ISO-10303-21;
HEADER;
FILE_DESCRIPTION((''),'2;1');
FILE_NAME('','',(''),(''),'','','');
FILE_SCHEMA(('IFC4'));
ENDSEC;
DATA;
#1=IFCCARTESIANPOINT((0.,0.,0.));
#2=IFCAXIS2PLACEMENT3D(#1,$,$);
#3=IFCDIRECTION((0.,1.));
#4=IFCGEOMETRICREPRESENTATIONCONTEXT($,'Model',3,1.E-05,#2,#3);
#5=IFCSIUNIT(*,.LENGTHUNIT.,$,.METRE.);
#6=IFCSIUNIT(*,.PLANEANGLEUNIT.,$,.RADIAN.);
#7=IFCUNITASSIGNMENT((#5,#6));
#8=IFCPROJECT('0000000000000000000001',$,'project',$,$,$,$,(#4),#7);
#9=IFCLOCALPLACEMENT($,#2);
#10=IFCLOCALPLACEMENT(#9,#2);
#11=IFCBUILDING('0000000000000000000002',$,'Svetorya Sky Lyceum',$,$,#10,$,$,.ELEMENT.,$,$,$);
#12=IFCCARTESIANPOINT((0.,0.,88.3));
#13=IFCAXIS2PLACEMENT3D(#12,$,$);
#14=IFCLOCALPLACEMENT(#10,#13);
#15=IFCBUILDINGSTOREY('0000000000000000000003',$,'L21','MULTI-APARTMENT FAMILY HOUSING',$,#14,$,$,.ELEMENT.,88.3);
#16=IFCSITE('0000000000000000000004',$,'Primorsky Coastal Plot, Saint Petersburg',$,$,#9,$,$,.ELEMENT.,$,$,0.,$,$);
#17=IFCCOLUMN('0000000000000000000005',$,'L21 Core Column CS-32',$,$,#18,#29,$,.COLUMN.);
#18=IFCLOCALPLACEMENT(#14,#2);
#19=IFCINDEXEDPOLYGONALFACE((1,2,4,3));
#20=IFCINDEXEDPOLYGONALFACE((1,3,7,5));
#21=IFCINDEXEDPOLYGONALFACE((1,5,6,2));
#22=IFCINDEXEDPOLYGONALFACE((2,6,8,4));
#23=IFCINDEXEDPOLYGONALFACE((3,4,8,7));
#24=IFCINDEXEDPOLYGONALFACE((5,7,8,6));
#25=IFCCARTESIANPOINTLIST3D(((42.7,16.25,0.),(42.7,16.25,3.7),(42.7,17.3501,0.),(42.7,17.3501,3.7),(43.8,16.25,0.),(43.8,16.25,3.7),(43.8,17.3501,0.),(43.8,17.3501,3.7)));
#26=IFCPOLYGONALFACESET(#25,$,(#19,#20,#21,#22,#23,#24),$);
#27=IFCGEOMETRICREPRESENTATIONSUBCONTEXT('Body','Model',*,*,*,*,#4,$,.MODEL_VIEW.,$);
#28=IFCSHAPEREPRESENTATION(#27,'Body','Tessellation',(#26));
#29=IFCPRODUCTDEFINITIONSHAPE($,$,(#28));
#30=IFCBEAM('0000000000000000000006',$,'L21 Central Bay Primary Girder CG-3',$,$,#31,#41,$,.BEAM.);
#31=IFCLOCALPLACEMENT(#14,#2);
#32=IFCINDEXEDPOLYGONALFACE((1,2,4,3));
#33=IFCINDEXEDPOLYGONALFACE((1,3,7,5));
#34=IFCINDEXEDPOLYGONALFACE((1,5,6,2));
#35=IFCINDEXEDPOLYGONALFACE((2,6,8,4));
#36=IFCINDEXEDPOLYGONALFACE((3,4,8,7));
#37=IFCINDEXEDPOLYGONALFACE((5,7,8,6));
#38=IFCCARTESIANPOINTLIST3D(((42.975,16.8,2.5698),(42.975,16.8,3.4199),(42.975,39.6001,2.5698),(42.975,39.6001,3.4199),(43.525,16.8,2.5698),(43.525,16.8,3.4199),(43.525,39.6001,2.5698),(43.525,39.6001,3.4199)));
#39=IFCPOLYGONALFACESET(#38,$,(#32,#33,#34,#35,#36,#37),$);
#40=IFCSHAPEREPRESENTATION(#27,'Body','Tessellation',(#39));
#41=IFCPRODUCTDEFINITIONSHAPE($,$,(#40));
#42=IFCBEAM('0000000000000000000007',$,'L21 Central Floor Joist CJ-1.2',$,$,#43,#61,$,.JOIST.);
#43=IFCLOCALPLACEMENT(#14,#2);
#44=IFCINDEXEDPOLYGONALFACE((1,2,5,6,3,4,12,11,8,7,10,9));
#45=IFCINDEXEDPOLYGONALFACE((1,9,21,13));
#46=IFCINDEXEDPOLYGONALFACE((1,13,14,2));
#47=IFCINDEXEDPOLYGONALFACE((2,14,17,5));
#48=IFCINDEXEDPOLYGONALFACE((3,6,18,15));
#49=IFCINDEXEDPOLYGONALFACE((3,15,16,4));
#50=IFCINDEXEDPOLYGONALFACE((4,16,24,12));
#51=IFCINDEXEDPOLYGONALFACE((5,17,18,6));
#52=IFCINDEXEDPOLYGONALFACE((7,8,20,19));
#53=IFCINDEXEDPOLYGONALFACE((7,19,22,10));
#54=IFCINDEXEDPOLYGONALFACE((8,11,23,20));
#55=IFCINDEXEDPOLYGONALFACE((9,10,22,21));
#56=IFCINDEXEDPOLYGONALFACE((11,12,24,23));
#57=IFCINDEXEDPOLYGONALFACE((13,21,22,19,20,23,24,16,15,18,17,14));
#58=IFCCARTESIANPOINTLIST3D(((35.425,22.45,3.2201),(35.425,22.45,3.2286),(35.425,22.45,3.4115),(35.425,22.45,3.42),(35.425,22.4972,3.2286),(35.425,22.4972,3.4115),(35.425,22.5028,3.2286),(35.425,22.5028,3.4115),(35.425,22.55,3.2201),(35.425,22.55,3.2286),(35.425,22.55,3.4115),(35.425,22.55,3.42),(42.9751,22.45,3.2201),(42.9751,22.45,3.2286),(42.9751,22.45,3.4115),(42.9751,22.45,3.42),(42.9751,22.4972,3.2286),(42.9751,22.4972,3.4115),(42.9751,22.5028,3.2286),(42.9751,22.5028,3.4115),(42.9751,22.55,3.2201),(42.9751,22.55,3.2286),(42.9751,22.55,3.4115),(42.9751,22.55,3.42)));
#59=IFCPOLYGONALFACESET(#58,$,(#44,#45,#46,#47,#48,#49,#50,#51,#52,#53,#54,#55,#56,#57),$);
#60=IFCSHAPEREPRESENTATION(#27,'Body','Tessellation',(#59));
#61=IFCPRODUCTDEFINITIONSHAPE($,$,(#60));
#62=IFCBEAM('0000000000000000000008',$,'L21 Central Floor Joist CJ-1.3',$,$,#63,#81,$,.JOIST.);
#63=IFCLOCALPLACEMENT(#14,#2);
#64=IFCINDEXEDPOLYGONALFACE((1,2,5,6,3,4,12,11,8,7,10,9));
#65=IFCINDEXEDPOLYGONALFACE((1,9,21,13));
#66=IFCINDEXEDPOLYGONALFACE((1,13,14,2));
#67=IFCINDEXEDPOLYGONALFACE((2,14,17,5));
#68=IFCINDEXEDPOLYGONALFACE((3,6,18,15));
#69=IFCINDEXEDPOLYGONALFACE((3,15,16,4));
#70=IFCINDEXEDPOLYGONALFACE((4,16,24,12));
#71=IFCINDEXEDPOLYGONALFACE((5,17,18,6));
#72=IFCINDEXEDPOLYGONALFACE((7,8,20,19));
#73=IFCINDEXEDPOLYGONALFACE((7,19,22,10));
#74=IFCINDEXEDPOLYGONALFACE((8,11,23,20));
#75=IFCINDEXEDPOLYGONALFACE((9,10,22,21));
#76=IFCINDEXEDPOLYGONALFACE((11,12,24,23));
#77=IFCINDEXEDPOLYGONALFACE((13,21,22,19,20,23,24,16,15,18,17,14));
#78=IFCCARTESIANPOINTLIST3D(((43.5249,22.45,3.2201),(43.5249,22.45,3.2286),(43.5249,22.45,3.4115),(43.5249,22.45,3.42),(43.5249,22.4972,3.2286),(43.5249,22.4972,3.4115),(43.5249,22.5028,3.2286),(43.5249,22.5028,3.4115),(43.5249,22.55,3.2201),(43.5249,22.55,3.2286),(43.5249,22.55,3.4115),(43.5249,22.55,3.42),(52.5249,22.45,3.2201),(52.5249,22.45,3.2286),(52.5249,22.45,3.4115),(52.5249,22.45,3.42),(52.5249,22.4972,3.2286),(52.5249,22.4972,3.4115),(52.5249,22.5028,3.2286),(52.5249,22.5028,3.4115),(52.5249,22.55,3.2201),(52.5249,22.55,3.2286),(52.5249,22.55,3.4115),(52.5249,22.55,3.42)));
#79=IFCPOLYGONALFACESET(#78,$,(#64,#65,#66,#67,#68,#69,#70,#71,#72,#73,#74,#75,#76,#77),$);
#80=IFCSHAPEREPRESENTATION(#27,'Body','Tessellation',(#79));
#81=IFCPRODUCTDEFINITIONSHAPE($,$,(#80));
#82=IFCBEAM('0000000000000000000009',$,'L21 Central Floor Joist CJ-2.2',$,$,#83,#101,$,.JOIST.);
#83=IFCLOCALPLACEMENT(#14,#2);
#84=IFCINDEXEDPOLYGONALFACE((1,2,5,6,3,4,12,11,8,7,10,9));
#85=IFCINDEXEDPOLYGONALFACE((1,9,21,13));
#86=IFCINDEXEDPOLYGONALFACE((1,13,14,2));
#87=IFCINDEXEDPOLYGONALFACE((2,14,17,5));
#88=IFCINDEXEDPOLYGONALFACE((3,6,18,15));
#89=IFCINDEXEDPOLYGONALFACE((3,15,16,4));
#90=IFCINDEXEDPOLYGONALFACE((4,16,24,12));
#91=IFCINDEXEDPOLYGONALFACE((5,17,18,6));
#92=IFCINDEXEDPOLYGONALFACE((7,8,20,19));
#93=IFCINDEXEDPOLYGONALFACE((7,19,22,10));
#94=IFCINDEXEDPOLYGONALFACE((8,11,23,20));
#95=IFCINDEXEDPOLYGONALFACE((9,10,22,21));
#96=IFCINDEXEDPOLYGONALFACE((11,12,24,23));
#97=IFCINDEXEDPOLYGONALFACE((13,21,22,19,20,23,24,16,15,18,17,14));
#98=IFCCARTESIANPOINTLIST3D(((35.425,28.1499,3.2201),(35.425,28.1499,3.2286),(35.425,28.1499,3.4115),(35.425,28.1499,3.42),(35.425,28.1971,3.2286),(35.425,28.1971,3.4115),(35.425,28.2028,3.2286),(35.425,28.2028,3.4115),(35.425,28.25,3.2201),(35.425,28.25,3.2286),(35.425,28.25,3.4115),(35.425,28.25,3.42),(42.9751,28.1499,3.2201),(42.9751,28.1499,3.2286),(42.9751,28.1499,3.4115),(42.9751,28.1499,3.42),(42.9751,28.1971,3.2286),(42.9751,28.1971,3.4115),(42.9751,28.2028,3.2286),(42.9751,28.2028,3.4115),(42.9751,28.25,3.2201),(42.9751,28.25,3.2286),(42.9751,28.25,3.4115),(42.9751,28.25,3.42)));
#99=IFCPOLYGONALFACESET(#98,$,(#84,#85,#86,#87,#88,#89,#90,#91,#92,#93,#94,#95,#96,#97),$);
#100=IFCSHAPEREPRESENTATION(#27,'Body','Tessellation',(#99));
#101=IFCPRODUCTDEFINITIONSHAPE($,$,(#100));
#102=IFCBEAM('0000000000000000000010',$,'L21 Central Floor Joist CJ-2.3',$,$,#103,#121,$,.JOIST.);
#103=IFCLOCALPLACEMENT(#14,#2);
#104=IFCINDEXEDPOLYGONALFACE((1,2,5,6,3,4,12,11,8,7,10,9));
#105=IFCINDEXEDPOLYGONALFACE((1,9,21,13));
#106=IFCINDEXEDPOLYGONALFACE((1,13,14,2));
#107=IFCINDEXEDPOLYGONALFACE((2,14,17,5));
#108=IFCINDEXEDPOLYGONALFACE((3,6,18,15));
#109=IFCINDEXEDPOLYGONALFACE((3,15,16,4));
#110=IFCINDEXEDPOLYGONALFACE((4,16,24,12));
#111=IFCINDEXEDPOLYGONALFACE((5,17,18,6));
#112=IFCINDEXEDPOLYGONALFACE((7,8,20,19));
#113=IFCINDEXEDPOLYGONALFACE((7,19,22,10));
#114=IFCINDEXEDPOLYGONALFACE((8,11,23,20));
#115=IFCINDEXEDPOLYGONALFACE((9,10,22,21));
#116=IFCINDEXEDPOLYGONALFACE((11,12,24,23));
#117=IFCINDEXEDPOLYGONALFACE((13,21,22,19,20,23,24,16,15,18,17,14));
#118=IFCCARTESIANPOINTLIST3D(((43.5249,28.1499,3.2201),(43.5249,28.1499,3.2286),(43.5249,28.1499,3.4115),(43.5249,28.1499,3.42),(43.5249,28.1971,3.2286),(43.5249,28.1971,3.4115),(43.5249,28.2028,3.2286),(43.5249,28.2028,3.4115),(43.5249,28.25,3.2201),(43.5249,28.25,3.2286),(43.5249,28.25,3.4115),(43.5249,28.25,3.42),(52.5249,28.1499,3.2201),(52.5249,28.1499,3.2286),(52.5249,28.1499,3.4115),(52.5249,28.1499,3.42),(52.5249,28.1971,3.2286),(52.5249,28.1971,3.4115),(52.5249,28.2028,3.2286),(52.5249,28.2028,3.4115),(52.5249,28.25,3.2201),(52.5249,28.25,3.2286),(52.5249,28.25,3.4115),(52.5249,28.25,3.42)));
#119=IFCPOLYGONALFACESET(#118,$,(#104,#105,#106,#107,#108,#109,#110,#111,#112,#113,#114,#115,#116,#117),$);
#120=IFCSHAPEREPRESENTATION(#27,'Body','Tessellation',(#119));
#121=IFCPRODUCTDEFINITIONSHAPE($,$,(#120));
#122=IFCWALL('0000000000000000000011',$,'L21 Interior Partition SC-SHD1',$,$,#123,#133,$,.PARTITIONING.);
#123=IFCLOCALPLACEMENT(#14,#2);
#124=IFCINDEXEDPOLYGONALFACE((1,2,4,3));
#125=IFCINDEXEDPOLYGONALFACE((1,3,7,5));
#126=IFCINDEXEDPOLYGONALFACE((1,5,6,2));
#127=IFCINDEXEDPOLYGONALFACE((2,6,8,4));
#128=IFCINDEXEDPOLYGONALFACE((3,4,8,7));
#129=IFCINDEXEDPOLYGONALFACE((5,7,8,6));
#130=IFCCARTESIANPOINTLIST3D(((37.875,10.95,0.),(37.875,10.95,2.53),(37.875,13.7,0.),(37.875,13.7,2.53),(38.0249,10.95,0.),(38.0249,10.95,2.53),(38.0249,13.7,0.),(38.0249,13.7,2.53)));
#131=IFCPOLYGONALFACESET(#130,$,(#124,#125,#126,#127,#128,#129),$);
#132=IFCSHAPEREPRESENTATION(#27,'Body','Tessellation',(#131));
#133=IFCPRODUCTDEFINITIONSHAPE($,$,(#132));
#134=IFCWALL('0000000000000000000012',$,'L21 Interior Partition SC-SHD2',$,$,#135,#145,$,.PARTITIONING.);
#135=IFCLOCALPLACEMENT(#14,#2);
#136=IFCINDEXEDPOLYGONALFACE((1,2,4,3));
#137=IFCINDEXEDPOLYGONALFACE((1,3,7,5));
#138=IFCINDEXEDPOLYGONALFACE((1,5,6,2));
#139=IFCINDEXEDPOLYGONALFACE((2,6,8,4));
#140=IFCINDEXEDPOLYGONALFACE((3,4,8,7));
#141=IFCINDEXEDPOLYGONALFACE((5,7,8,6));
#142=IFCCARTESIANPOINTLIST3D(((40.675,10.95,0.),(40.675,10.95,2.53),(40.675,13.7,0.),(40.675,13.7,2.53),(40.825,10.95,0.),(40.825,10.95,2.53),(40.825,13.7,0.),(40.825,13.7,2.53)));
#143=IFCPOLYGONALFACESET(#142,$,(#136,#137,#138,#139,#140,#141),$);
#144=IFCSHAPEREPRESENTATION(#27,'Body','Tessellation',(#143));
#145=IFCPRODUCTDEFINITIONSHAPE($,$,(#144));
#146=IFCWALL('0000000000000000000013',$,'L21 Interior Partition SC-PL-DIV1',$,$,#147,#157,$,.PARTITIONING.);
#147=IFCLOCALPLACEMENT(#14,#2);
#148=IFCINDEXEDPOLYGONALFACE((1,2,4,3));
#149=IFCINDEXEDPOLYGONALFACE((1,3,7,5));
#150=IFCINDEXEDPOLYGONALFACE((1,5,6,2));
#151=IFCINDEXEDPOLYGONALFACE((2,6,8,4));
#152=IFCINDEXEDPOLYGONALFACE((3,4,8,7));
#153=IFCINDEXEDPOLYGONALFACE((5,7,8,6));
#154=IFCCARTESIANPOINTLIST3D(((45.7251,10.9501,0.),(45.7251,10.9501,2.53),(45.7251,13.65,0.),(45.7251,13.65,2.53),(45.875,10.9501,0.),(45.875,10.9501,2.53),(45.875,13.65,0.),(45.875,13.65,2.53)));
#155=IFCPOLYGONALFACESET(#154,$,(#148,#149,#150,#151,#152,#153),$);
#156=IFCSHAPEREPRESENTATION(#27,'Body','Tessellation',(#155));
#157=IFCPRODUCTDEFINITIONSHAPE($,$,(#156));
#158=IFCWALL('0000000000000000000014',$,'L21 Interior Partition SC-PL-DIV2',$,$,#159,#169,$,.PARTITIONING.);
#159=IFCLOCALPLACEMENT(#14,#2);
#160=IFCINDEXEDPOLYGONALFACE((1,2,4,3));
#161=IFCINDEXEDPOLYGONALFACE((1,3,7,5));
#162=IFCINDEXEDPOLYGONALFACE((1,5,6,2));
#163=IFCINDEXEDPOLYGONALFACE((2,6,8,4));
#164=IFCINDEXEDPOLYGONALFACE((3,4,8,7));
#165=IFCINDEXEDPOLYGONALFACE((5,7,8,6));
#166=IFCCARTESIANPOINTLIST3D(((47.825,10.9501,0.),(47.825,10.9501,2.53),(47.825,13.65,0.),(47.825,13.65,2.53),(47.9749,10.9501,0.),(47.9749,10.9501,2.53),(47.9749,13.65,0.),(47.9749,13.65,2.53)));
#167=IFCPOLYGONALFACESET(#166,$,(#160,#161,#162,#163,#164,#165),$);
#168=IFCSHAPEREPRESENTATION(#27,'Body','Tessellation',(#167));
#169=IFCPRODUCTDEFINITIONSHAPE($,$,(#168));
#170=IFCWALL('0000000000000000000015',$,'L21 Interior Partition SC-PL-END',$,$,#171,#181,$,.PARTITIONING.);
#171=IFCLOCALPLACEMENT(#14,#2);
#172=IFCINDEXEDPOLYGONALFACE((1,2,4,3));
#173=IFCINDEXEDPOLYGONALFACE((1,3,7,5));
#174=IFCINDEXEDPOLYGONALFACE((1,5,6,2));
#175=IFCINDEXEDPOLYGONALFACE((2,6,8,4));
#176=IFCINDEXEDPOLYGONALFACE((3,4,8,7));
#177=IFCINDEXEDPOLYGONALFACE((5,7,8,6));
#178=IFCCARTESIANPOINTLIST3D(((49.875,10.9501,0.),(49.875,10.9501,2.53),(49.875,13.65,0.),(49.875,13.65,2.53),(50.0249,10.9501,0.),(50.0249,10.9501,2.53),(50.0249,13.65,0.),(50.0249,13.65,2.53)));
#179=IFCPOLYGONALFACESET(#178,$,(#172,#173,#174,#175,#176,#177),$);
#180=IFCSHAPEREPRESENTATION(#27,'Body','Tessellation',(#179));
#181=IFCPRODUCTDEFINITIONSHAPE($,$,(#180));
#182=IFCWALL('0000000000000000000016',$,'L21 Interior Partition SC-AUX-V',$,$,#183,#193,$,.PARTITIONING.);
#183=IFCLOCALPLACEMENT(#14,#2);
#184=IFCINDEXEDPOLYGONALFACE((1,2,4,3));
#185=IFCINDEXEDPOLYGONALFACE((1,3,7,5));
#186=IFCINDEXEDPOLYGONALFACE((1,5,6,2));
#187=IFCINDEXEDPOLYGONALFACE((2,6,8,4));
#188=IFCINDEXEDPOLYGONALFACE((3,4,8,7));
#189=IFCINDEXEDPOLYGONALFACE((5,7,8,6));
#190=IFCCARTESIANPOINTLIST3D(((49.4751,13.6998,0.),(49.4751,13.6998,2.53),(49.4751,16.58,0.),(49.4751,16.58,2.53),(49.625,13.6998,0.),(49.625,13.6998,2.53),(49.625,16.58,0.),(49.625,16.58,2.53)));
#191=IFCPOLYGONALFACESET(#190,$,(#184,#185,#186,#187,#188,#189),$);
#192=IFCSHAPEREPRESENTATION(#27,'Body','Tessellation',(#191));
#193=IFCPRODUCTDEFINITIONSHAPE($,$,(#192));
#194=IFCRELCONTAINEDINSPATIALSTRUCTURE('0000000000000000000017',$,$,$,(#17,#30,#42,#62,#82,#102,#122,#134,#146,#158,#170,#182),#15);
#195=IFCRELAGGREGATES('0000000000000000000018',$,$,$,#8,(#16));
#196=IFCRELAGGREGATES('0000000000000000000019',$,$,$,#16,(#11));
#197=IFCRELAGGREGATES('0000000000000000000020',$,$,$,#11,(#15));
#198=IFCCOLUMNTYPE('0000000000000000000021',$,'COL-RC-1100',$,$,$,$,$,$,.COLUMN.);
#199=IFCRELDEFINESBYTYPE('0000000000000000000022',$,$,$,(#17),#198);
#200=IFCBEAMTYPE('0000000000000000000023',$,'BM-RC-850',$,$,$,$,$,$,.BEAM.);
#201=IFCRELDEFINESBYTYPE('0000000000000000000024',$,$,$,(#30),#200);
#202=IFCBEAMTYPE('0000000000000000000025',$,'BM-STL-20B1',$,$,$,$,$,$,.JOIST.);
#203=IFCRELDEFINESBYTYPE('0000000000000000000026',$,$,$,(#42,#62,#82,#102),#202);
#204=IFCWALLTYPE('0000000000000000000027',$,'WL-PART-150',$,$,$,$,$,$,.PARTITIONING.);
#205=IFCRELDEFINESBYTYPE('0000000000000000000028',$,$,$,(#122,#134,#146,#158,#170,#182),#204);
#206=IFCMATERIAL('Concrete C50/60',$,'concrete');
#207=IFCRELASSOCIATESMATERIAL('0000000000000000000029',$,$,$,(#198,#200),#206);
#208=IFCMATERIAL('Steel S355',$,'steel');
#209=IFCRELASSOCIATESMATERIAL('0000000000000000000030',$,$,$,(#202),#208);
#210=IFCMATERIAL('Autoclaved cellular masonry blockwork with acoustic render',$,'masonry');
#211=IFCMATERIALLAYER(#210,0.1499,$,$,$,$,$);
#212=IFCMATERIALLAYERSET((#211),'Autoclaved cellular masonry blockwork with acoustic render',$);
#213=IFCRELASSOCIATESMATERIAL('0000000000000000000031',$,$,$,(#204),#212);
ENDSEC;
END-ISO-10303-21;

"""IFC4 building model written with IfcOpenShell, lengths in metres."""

from ifc_helpers import new_model, si_unit, direction, frame, frame_2d, origin, origin_2d, place, context, subcontext, project, spatial, rectangle, i_section, extrude, material, layer, layer_set, material_profile, profile_set, type_object, element, save


model = new_model("IFC4")

# Units and contexts
model_context = context("Model", 3, precision=1e-05, world=origin(), true_north=direction((0.0, 1.0)))
body_context = subcontext(model_context, "Body", "Model", "MODEL_VIEW")
ifc_project = project(units=[si_unit("LENGTHUNIT", "METRE"), si_unit("PLANEANGLEUNIT", "RADIAN")], contexts=[model_context])

# Site, building, storey
site_placement = place(None, origin())
site = spatial("IfcSite", under=ifc_project, at=site_placement, Name="Primorsky Coastal Plot, Saint Petersburg", CompositionType="ELEMENT", RefElevation=0.0)
building_placement = place(site_placement, origin())
building = spatial("IfcBuilding", under=site, at=building_placement, Name="Svetorya Sky Lyceum", CompositionType="ELEMENT")
storey_placement = place(building_placement, frame((0.0, 0.0, 88.3)))
storey = spatial("IfcBuildingStorey", under=building, at=storey_placement, Name="L21", Description="MULTI-APARTMENT FAMILY HOUSING", CompositionType="ELEMENT", Elevation=88.3)

# Column
ifc_material_1 = material(Name="Concrete C50/60", Category="concrete")
ifc_material_profile_1 = material_profile(ifc_material_1, rectangle(XDim=1.1001, YDim=1.1001, at=origin_2d()), Name="RC COL 1100x1100")
ifc_profile_set_1 = profile_set([ifc_material_profile_1], Name="Concrete C50/60")
column_type = type_object("IfcColumnType", Name="COL-RC-1100", PredefinedType="COLUMN", material=ifc_profile_set_1)
column_placement = place(storey_placement, frame((43.25, 16.8, 0.0), z_axis=(0.0, 0.0, 1.0), x_axis=(1.0, 0.0, 0.0)))
element("IfcColumn", 1, at=column_placement, inside=storey, type_object=column_type, Name="L21 Core Column CS-32", PredefinedType="COLUMN", context=body_context, shape_type="SweptSolid", body=[
    extrude(rectangle(XDim=1.1001, YDim=1.1001, at=origin_2d()), origin(), (0.0, 0.0, 1.0), 3.7),
])

# Beams
ifc_material_profile_2 = material_profile(ifc_material_1, rectangle(XDim=0.55, YDim=0.8501, at=origin_2d()), Name="RC BEAM 550x850")
ifc_profile_set_2 = profile_set([ifc_material_profile_2], Name="Concrete C50/60")
beam_type_1 = type_object("IfcBeamType", Name="BM-RC-850", PredefinedType="BEAM", material=ifc_profile_set_2)
beam_1_placement = place(storey_placement, frame((43.25, 16.8, 2.9949), z_axis=(0.0, 1.0, 0.0), x_axis=(-1.0, 0.0, 0.0)))
element("IfcBeam", 2, at=beam_1_placement, inside=storey, type_object=beam_type_1, Name="L21 Central Bay Primary Girder CG-3", PredefinedType="BEAM", context=body_context, shape_type="SweptSolid", body=[
    extrude(rectangle(XDim=0.55, YDim=0.8501, at=origin_2d()), origin(), (0.0, 0.0, 1.0), 22.8),
])
ifc_material_2 = material(Name="Steel S355", Category="steel")
ifc_material_profile_3 = material_profile(ifc_material_2, i_section(OverallWidth=0.1001, OverallDepth=0.2, WebThickness=0.0056, FlangeThickness=0.0085, at=origin_2d()), Name="GOST 20B1")
ifc_profile_set_3 = profile_set([ifc_material_profile_3], Name="Steel S355")
beam_type_2 = type_object("IfcBeamType", Name="BM-STL-20B1", PredefinedType="JOIST", material=ifc_profile_set_3)
beam_2_placement = place(storey_placement, frame((35.425, 22.5, 3.3201), z_axis=(1.0, 0.0, 0.0), x_axis=(0.0, 1.0, 0.0)))
element("IfcBeam", 3, at=beam_2_placement, inside=storey, type_object=beam_type_2, Name="L21 Central Floor Joist CJ-1.2", PredefinedType="JOIST", context=body_context, shape_type="SweptSolid", body=[
    extrude(i_section(OverallWidth=0.1001, OverallDepth=0.2, WebThickness=0.0056, FlangeThickness=0.0085, at=origin_2d()), origin(), (0.0, 0.0, 1.0), 7.55),
])
beam_3_placement = place(storey_placement, frame((43.5249, 22.5, 3.3201), z_axis=(1.0, 0.0, 0.0), x_axis=(0.0, 1.0, 0.0)))
element("IfcBeam", 4, at=beam_3_placement, inside=storey, type_object=beam_type_2, Name="L21 Central Floor Joist CJ-1.3", PredefinedType="JOIST", context=body_context, shape_type="SweptSolid", body=[
    extrude(i_section(OverallWidth=0.1001, OverallDepth=0.2, WebThickness=0.0056, FlangeThickness=0.0085, at=origin_2d()), origin(), (0.0, 0.0, 1.0), 9.0),
])
beam_4_placement = place(storey_placement, frame((35.425, 28.2, 3.3201), z_axis=(1.0, 0.0, 0.0), x_axis=(0.0, 1.0, 0.0)))
element("IfcBeam", 5, at=beam_4_placement, inside=storey, type_object=beam_type_2, Name="L21 Central Floor Joist CJ-2.2", PredefinedType="JOIST", context=body_context, shape_type="SweptSolid", body=[
    extrude(i_section(OverallWidth=0.1001, OverallDepth=0.2, WebThickness=0.0056, FlangeThickness=0.0085, at=origin_2d()), origin(), (0.0, 0.0, 1.0), 7.55),
])
beam_5_placement = place(storey_placement, frame((43.5249, 28.2, 3.3201), z_axis=(1.0, 0.0, 0.0), x_axis=(0.0, 1.0, 0.0)))
element("IfcBeam", 6, at=beam_5_placement, inside=storey, type_object=beam_type_2, Name="L21 Central Floor Joist CJ-2.3", PredefinedType="JOIST", context=body_context, shape_type="SweptSolid", body=[
    extrude(i_section(OverallWidth=0.1001, OverallDepth=0.2, WebThickness=0.0056, FlangeThickness=0.0085, at=origin_2d()), origin(), (0.0, 0.0, 1.0), 9.0),
])

# Walls
ifc_material_3 = material(Name="Autoclaved cellular masonry blockwork with acoustic render", Category="masonry")
ifc_layer_1 = layer(ifc_material_3, 0.1499)
ifc_layer_set_1 = layer_set([ifc_layer_1], Name="Autoclaved cellular masonry blockwork with acoustic render")
wall_type_1 = type_object("IfcWallType", Name="WL-PART-150", PredefinedType="PARTITIONING", material=ifc_layer_set_1)
for number, where, z_axis, x_axis, name in (
    (7, (37.95, 10.95, 0.0), (0.0, 0.0, 1.0), (0.0, 1.0, 0.0), "L21 Interior Partition SC-SHD1"),
    (8, (40.75, 10.95, 0.0), (0.0, 0.0, 1.0), (0.0, 1.0, 0.0), "L21 Interior Partition SC-SHD2"),
):
    element("IfcWall", number, at=place(storey_placement, frame(where, z_axis=z_axis, x_axis=x_axis)), inside=storey, type_object=wall_type_1, Name=name, PredefinedType="PARTITIONING", context=body_context, shape_type="SweptSolid", body=[
        extrude(rectangle(XDim=2.75, YDim=0.1499, at=frame_2d((1.375, 0.0))), origin(), (0.0, 0.0, 1.0), 2.53),
    ])
for number, where, z_axis, x_axis, name in (
    (9, (45.8, 10.95, 0.0), (0.0, 0.0, 1.0), (0.0, 1.0, 0.0), "L21 Interior Partition SC-PL-DIV1"),
    (10, (47.8999, 10.95, 0.0), (0.0, 0.0, 1.0), (0.0, 1.0, 0.0), "L21 Interior Partition SC-PL-DIV2"),
    (11, (49.95, 10.95, 0.0), (0.0, 0.0, 1.0), (0.0, 1.0, 0.0), "L21 Interior Partition SC-PL-END"),
):
    element("IfcWall", number, at=place(storey_placement, frame(where, z_axis=z_axis, x_axis=x_axis)), inside=storey, type_object=wall_type_1, Name=name, PredefinedType="PARTITIONING", context=body_context, shape_type="SweptSolid", body=[
        extrude(rectangle(XDim=2.7, YDim=0.1499, at=frame_2d((1.3501, 0.0))), origin(), (0.0, 0.0, 1.0), 2.53),
    ])
wall_1_placement = place(storey_placement, frame((49.55, 13.7, 0.0), z_axis=(0.0, 0.0, 1.0), x_axis=(0.0, 1.0, 0.0)))
element("IfcWall", 12, at=wall_1_placement, inside=storey, type_object=wall_type_1, Name="L21 Interior Partition SC-AUX-V", PredefinedType="PARTITIONING", context=body_context, shape_type="SweptSolid", body=[
    extrude(rectangle(XDim=2.8801, YDim=0.1499, at=frame_2d((1.4399, 0.0))), origin(), (0.0, 0.0, 1.0), 2.53),
])

save(model, "model.ifc")
